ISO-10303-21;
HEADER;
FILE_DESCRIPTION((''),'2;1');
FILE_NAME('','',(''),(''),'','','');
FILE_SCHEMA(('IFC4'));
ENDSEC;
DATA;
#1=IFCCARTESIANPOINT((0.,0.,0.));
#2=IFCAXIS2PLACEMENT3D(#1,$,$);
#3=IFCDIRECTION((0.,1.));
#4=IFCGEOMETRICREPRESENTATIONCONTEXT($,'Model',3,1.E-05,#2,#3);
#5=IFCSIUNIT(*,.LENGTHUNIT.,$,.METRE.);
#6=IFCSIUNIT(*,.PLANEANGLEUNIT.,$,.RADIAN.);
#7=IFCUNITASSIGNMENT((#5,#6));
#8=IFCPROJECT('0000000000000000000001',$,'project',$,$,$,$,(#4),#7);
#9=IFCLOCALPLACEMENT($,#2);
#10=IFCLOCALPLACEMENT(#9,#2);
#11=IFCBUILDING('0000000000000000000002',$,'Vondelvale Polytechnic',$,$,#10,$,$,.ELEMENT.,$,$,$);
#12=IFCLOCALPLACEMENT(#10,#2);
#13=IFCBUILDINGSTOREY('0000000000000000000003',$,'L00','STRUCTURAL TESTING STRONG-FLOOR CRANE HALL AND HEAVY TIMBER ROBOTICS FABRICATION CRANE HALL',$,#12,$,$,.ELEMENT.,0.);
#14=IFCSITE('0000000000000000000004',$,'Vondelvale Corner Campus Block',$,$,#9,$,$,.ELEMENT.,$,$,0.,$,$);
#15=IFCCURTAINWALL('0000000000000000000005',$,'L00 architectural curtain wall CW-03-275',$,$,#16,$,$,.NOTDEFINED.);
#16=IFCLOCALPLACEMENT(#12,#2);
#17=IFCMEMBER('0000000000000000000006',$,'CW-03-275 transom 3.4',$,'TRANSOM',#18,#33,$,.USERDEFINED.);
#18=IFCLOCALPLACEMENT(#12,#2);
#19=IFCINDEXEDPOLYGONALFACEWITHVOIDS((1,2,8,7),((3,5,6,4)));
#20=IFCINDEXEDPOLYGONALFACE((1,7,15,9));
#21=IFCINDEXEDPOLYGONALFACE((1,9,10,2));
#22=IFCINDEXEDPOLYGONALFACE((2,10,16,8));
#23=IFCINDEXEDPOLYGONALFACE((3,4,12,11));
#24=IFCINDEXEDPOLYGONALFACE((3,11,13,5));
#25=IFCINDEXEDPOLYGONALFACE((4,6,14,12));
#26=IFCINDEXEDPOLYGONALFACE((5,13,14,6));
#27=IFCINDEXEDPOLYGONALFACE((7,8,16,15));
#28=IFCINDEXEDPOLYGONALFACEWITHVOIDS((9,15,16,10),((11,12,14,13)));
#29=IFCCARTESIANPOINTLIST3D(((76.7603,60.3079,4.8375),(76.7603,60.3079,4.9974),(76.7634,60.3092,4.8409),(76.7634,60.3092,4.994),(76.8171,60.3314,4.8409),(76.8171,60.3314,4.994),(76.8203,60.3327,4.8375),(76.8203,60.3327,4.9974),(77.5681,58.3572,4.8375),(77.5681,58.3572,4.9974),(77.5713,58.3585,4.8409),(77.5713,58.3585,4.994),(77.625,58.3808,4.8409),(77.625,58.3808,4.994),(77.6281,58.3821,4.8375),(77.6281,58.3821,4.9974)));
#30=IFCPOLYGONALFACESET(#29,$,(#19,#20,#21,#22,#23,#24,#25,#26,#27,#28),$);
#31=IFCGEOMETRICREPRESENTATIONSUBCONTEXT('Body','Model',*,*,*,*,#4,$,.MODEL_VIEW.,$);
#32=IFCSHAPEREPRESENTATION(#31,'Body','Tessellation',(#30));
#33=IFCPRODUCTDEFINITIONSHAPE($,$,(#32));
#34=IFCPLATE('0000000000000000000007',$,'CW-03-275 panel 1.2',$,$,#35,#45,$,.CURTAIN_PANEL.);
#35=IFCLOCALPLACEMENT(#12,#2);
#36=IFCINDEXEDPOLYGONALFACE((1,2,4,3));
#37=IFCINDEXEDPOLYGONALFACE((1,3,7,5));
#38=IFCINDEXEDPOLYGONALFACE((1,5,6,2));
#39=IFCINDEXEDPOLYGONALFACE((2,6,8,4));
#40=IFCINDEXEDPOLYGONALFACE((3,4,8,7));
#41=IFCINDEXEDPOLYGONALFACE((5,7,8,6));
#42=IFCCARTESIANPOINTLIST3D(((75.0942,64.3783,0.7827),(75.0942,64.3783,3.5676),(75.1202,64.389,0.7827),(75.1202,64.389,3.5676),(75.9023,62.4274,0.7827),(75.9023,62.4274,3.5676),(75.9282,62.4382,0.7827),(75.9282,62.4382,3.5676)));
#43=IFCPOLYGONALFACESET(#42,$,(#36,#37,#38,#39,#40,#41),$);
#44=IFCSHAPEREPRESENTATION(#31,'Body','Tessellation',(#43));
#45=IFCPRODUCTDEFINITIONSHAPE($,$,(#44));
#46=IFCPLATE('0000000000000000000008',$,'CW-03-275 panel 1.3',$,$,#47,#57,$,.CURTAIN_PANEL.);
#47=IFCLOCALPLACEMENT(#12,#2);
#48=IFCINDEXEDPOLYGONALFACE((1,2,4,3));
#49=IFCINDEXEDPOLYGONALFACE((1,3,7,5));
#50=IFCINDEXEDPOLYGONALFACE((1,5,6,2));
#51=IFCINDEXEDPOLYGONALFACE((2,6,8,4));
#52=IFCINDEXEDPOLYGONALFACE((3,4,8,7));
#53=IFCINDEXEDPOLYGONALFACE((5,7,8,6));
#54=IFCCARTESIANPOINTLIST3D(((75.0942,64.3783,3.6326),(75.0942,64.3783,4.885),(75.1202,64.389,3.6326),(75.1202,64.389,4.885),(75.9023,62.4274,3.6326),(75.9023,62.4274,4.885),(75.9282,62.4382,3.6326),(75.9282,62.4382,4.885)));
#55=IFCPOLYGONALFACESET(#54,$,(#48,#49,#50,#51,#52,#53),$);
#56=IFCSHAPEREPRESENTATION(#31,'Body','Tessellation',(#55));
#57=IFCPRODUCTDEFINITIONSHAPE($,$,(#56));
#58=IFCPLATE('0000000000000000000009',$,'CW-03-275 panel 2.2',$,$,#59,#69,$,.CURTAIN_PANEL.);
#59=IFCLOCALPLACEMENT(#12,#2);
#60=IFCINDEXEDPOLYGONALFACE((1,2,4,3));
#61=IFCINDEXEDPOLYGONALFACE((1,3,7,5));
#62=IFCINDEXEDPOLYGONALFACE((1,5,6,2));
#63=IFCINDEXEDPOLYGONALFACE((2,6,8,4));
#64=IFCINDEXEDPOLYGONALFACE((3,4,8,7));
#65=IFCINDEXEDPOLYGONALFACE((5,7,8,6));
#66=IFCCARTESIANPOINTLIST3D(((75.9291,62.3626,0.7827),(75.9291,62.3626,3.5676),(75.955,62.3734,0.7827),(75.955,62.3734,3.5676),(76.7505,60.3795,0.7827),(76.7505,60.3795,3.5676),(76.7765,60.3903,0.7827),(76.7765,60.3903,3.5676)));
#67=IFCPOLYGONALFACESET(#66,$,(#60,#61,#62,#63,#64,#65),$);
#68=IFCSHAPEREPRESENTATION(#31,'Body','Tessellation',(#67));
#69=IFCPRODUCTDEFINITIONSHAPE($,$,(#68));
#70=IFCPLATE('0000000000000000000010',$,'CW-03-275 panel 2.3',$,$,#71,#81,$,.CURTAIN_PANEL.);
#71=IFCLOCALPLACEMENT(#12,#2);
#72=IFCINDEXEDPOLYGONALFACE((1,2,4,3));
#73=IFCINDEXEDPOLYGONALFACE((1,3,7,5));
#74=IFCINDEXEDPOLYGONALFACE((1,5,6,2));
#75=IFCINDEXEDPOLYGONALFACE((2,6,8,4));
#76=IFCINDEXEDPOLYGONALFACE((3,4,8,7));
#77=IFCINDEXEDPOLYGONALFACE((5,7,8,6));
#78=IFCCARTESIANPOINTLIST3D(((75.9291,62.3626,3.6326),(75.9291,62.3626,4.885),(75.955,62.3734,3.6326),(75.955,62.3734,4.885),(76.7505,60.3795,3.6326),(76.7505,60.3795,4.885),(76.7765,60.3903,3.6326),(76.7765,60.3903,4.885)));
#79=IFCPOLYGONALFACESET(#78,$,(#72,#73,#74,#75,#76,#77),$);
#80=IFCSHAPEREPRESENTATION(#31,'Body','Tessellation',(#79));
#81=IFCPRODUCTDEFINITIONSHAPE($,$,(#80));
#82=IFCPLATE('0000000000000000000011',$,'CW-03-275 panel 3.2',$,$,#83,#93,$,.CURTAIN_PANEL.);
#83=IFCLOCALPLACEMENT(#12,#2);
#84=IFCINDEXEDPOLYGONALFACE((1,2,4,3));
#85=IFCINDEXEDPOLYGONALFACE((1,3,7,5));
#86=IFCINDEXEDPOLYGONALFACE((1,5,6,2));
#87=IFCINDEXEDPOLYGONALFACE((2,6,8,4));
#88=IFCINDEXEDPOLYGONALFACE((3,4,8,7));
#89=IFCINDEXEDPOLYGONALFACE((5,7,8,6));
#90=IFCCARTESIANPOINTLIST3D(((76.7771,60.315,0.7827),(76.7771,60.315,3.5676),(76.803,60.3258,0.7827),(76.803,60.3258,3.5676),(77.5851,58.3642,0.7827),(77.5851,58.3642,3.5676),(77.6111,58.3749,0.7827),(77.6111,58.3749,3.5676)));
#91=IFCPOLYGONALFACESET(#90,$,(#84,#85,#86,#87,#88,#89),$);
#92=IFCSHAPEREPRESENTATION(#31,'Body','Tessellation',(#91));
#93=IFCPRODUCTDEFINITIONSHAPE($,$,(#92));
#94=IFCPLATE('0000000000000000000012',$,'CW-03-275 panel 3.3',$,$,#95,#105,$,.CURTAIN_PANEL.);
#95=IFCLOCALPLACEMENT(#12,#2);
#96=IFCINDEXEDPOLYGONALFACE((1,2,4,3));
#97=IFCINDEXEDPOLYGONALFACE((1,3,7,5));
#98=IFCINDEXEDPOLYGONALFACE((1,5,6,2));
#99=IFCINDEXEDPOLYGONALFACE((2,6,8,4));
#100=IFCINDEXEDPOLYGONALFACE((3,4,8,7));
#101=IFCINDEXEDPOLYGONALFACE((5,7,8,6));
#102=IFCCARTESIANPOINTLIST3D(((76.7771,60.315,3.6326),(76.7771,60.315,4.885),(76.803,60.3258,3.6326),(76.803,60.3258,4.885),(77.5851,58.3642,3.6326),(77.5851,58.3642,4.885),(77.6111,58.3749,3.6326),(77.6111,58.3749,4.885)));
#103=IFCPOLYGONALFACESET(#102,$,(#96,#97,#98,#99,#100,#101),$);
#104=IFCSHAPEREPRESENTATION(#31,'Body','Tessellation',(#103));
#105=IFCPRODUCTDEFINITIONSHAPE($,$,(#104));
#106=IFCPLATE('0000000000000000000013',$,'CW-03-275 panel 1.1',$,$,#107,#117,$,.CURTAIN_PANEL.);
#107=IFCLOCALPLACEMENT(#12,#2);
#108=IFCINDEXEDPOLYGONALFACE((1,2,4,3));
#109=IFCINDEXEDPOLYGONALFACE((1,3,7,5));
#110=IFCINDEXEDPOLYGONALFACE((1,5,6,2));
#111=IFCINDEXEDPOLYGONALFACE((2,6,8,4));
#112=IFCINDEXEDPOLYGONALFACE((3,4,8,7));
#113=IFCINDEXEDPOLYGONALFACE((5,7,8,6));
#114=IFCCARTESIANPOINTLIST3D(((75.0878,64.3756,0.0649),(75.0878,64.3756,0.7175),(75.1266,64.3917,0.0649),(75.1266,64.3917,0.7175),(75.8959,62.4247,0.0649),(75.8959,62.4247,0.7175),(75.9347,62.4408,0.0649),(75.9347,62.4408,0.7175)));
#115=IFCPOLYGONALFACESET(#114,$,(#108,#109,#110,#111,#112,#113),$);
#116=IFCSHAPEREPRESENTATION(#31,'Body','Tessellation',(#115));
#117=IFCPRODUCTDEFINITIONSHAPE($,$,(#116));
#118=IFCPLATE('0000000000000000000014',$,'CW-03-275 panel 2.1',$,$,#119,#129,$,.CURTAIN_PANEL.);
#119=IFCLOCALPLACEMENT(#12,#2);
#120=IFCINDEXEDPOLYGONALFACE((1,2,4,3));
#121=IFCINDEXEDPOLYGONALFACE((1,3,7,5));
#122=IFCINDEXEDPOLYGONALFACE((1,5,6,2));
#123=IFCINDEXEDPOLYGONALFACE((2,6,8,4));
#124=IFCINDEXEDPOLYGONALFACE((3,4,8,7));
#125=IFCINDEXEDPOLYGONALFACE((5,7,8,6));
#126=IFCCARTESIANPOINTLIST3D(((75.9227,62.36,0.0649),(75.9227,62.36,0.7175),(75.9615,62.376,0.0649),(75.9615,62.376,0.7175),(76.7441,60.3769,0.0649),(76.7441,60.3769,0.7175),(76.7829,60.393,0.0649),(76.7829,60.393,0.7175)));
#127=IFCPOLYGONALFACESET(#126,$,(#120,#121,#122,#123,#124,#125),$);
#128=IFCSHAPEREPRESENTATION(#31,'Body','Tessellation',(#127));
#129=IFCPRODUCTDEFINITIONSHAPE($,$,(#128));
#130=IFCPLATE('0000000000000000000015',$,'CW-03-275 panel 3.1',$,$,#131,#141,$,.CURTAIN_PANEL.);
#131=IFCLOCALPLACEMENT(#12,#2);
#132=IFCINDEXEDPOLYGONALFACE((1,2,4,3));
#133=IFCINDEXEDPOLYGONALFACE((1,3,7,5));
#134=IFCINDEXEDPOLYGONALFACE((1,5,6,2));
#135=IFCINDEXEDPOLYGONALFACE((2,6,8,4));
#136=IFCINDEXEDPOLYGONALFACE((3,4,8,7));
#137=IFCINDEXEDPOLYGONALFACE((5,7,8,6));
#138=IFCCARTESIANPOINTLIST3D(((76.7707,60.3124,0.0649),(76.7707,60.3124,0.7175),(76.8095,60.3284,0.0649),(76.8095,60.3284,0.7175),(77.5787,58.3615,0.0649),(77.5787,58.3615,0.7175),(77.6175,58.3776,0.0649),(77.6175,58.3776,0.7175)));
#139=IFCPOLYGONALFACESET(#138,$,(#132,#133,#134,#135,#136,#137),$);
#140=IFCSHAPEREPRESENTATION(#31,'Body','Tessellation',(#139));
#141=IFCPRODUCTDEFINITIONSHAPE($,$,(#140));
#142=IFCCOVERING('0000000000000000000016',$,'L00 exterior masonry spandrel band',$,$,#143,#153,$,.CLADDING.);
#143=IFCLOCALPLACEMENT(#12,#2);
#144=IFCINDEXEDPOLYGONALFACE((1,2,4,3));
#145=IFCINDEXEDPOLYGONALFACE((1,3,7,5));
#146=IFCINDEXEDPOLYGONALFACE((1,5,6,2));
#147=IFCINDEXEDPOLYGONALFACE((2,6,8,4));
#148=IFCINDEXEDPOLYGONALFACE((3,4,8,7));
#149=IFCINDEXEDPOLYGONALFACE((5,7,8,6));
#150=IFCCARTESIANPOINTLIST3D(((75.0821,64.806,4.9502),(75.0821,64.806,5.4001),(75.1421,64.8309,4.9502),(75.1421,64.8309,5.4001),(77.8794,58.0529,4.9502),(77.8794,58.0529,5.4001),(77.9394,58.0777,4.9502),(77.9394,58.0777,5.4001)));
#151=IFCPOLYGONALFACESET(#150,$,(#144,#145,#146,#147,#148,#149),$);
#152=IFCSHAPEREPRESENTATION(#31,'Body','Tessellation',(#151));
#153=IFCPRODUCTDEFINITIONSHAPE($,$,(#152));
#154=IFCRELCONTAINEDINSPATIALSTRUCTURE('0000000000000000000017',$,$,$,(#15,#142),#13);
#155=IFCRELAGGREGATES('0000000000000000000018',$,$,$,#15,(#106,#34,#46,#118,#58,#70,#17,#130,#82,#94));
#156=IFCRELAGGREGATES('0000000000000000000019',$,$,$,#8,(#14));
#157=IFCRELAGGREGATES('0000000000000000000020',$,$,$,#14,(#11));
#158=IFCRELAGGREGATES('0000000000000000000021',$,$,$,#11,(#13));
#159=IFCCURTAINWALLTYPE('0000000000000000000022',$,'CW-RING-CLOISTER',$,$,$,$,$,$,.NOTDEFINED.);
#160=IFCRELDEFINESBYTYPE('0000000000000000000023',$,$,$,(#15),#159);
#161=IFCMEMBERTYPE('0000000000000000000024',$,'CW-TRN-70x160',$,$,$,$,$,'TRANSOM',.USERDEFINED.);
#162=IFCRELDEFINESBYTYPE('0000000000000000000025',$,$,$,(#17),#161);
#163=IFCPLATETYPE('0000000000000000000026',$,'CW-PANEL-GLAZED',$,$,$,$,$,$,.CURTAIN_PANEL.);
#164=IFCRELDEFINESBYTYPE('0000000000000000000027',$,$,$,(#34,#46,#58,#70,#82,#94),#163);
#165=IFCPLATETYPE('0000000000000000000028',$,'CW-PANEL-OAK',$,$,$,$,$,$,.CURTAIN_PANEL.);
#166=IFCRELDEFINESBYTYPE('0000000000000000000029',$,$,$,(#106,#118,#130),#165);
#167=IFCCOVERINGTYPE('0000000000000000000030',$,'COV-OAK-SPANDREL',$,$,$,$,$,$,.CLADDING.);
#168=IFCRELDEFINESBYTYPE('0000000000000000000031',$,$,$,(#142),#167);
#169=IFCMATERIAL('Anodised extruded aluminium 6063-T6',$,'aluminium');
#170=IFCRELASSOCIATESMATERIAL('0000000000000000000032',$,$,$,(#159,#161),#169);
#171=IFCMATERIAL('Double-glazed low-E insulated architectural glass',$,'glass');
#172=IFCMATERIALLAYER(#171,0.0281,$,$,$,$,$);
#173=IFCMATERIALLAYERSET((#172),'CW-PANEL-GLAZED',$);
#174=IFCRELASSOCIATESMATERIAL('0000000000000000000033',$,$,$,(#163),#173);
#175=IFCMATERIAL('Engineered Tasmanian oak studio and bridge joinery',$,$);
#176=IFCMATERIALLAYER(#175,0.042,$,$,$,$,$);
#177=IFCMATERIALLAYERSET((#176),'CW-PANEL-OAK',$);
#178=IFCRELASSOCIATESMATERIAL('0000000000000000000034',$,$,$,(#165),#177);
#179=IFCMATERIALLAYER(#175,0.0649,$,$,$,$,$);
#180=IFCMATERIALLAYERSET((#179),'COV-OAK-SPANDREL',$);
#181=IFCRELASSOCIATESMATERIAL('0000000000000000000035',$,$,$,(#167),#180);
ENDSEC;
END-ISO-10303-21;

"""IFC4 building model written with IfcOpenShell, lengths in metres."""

from ifc_helpers import new_model, si_unit, direction, frame, origin, origin_2d, place, context, subcontext, project, spatial, rectangle, hollow_rectangle, extrude, material, layer, layer_set, material_profile, profile_set, type_object, element, aggregate, save


model = new_model("IFC4")

# Units and contexts
model_context = context("Model", 3, precision=1e-05, world=origin(), true_north=direction((0.0, 1.0)))
body_context = subcontext(model_context, "Body", "Model", "MODEL_VIEW")
ifc_project = project(units=[si_unit("LENGTHUNIT", "METRE"), si_unit("PLANEANGLEUNIT", "RADIAN")], contexts=[model_context])

# Site, building, storey
site_placement = place(None, origin())
site = spatial("IfcSite", under=ifc_project, at=site_placement, Name="Vondelvale Corner Campus Block", CompositionType="ELEMENT", RefElevation=0.0)
building_placement = place(site_placement, origin())
building = spatial("IfcBuilding", under=site, at=building_placement, Name="Vondelvale Polytechnic", CompositionType="ELEMENT")
storey_placement = place(building_placement, origin())
storey = spatial("IfcBuildingStorey", under=building, at=storey_placement, Name="L00", Description="STRUCTURAL TESTING STRONG-FLOOR CRANE HALL AND HEAVY TIMBER ROBOTICS FABRICATION CRANE HALL", CompositionType="ELEMENT", Elevation=0.0)

# Curtain wall, member, plates
ifc_material_1 = material(Name="Anodised extruded aluminium 6063-T6", Category="aluminium")
curtain_wall_type = type_object("IfcCurtainWallType", Name="CW-RING-CLOISTER", PredefinedType="NOTDEFINED", material=ifc_material_1)
curtain_wall_placement = place(storey_placement, origin())
curtain_wall = element("IfcCurtainWall", 1, at=curtain_wall_placement, inside=storey, type_object=curtain_wall_type, Name="L00 architectural curtain wall CW-03-275", PredefinedType="NOTDEFINED")
ifc_material_profile_1 = material_profile(ifc_material_1, hollow_rectangle(XDim=0.0649, YDim=0.1599, WallThickness=0.0034, at=origin_2d()), Name="CW-TRN-160x65")
ifc_profile_set_1 = profile_set([ifc_material_profile_1], Name="Anodised extruded aluminium 6063-T6")
member_type_1 = type_object("IfcMemberType", Name="CW-TRN-70x160", ElementType="TRANSOM", PredefinedType="USERDEFINED", material=ifc_profile_set_1)
member_1_placement = place(storey_placement, frame((76.7903, 60.3203, 4.9175), z_axis=(0.382628, -0.923903, 0.0), x_axis=(0.923903, 0.382628, 0.0)))
member_1 = element("IfcMember", 2, at=member_1_placement, type_object=member_type_1, Name="CW-03-275 transom 3.4", ObjectType="TRANSOM", PredefinedType="USERDEFINED", context=body_context, shape_type="SweptSolid", body=[
    extrude(hollow_rectangle(XDim=0.0649, YDim=0.1599, WallThickness=0.0034, at=origin_2d()), origin(), (0.0, 0.0, 1.0), 2.1113),
])
ifc_material_2 = material(Name="Double-glazed low-E insulated architectural glass", Category="glass")
ifc_layer_1 = layer(ifc_material_2, 0.0281)
ifc_layer_set_1 = layer_set([ifc_layer_1], Name="CW-PANEL-GLAZED")
plate_type_1 = type_object("IfcPlateType", Name="CW-PANEL-GLAZED", PredefinedType="CURTAIN_PANEL", material=ifc_layer_set_1)
plate_1_placement = place(storey_placement, frame((75.5112, 63.4082, 0.7827), z_axis=(0.0, 0.0, 1.0), x_axis=(0.382679, -0.923882, 0.0)))
plate_1 = element("IfcPlate", 3, at=plate_1_placement, type_object=plate_type_1, Name="CW-03-275 panel 1.2", PredefinedType="CURTAIN_PANEL", context=body_context, shape_type="SweptSolid", body=[
    extrude(rectangle(XDim=2.1116, YDim=0.0281, at=origin_2d()), origin(), (0.0, 0.0, 1.0), 2.7849),
])
plate_2_placement = place(storey_placement, frame((75.5112, 63.4082, 3.6326), z_axis=(0.0, 0.0, 1.0), x_axis=(0.382679, -0.923882, 0.0)))
plate_2 = element("IfcPlate", 4, at=plate_2_placement, type_object=plate_type_1, Name="CW-03-275 panel 1.3", PredefinedType="CURTAIN_PANEL", context=body_context, shape_type="SweptSolid", body=[
    extrude(rectangle(XDim=2.1116, YDim=0.0281, at=origin_2d()), origin(), (0.0, 0.0, 1.0), 1.2524),
])
plate_3_placement = place(storey_placement, frame((76.3528, 61.3765, 0.7827), z_axis=(0.0, 0.0, 1.0), x_axis=(0.382679, -0.923882, 0.0)))
plate_3 = element("IfcPlate", 5, at=plate_3_placement, type_object=plate_type_1, Name="CW-03-275 panel 2.2", PredefinedType="CURTAIN_PANEL", context=body_context, shape_type="SweptSolid", body=[
    extrude(rectangle(XDim=2.1465, YDim=0.0281, at=origin_2d()), origin(), (0.0, 0.0, 1.0), 2.7849),
])
plate_4_placement = place(storey_placement, frame((76.3528, 61.3765, 3.6326), z_axis=(0.0, 0.0, 1.0), x_axis=(0.382679, -0.923882, 0.0)))
plate_4 = element("IfcPlate", 6, at=plate_4_placement, type_object=plate_type_1, Name="CW-03-275 panel 2.3", PredefinedType="CURTAIN_PANEL", context=body_context, shape_type="SweptSolid", body=[
    extrude(rectangle(XDim=2.1465, YDim=0.0281, at=origin_2d()), origin(), (0.0, 0.0, 1.0), 1.2524),
])
plate_5_placement = place(storey_placement, frame((77.1941, 59.345, 0.7827), z_axis=(0.0, 0.0, 1.0), x_axis=(0.382679, -0.923882, 0.0)))
plate_5 = element("IfcPlate", 7, at=plate_5_placement, type_object=plate_type_1, Name="CW-03-275 panel 3.2", PredefinedType="CURTAIN_PANEL", context=body_context, shape_type="SweptSolid", body=[
    extrude(rectangle(XDim=2.1116, YDim=0.0281, at=origin_2d()), origin(), (0.0, 0.0, 1.0), 2.7849),
])
plate_6_placement = place(storey_placement, frame((77.1941, 59.345, 3.6326), z_axis=(0.0, 0.0, 1.0), x_axis=(0.382679, -0.923882, 0.0)))
plate_6 = element("IfcPlate", 8, at=plate_6_placement, type_object=plate_type_1, Name="CW-03-275 panel 3.3", PredefinedType="CURTAIN_PANEL", context=body_context, shape_type="SweptSolid", body=[
    extrude(rectangle(XDim=2.1116, YDim=0.0281, at=origin_2d()), origin(), (0.0, 0.0, 1.0), 1.2524),
])
ifc_material_3 = material(Name="Engineered Tasmanian oak studio and bridge joinery")
ifc_layer_2 = layer(ifc_material_3, 0.042)
ifc_layer_set_2 = layer_set([ifc_layer_2], Name="CW-PANEL-OAK")
plate_type_2 = type_object("IfcPlateType", Name="CW-PANEL-OAK", PredefinedType="CURTAIN_PANEL", material=ifc_layer_set_2)
plate_7_placement = place(storey_placement, frame((75.5112, 63.4082, 0.0649), z_axis=(0.0, 0.0, 1.0), x_axis=(0.382679, -0.923882, 0.0)))
plate_7 = element("IfcPlate", 9, at=plate_7_placement, type_object=plate_type_2, Name="CW-03-275 panel 1.1", PredefinedType="CURTAIN_PANEL", context=body_context, shape_type="SweptSolid", body=[
    extrude(rectangle(XDim=2.1116, YDim=0.042, at=origin_2d()), origin(), (0.0, 0.0, 1.0), 0.6526),
])
plate_8_placement = place(storey_placement, frame((76.3528, 61.3765, 0.0649), z_axis=(0.0, 0.0, 1.0), x_axis=(0.382679, -0.923882, 0.0)))
plate_8 = element("IfcPlate", 10, at=plate_8_placement, type_object=plate_type_2, Name="CW-03-275 panel 2.1", PredefinedType="CURTAIN_PANEL", context=body_context, shape_type="SweptSolid", body=[
    extrude(rectangle(XDim=2.1465, YDim=0.042, at=origin_2d()), origin(), (0.0, 0.0, 1.0), 0.6526),
])
plate_9_placement = place(storey_placement, frame((77.1941, 59.345, 0.0649), z_axis=(0.0, 0.0, 1.0), x_axis=(0.382679, -0.923882, 0.0)))
plate_9 = element("IfcPlate", 11, at=plate_9_placement, type_object=plate_type_2, Name="CW-03-275 panel 3.1", PredefinedType="CURTAIN_PANEL", context=body_context, shape_type="SweptSolid", body=[
    extrude(rectangle(XDim=2.1116, YDim=0.042, at=origin_2d()), origin(), (0.0, 0.0, 1.0), 0.6526),
])
aggregate(curtain_wall, [plate_7, plate_1, plate_2, plate_8, plate_3, plate_4, member_1, plate_9, plate_5, plate_6])

# Covering
ifc_layer_3 = layer(ifc_material_3, 0.0649)
ifc_layer_set_3 = layer_set([ifc_layer_3], Name="COV-OAK-SPANDREL")
covering_type = type_object("IfcCoveringType", Name="COV-OAK-SPANDREL", PredefinedType="CLADDING", material=ifc_layer_set_3)
covering_placement = place(storey_placement, frame((76.5107, 61.4419, 4.9502), z_axis=(0.0, 0.0, 1.0), x_axis=(0.382683, -0.92388, 0.0)))
element("IfcCovering", 12, at=covering_placement, inside=storey, type_object=covering_type, Name="L00 exterior masonry spandrel band", PredefinedType="CLADDING", context=body_context, shape_type="SweptSolid", body=[
    extrude(rectangle(XDim=7.3096, YDim=0.0649, at=origin_2d()), origin(), (0.0, 0.0, 1.0), 0.45),
])

save(model, "model.ifc")
